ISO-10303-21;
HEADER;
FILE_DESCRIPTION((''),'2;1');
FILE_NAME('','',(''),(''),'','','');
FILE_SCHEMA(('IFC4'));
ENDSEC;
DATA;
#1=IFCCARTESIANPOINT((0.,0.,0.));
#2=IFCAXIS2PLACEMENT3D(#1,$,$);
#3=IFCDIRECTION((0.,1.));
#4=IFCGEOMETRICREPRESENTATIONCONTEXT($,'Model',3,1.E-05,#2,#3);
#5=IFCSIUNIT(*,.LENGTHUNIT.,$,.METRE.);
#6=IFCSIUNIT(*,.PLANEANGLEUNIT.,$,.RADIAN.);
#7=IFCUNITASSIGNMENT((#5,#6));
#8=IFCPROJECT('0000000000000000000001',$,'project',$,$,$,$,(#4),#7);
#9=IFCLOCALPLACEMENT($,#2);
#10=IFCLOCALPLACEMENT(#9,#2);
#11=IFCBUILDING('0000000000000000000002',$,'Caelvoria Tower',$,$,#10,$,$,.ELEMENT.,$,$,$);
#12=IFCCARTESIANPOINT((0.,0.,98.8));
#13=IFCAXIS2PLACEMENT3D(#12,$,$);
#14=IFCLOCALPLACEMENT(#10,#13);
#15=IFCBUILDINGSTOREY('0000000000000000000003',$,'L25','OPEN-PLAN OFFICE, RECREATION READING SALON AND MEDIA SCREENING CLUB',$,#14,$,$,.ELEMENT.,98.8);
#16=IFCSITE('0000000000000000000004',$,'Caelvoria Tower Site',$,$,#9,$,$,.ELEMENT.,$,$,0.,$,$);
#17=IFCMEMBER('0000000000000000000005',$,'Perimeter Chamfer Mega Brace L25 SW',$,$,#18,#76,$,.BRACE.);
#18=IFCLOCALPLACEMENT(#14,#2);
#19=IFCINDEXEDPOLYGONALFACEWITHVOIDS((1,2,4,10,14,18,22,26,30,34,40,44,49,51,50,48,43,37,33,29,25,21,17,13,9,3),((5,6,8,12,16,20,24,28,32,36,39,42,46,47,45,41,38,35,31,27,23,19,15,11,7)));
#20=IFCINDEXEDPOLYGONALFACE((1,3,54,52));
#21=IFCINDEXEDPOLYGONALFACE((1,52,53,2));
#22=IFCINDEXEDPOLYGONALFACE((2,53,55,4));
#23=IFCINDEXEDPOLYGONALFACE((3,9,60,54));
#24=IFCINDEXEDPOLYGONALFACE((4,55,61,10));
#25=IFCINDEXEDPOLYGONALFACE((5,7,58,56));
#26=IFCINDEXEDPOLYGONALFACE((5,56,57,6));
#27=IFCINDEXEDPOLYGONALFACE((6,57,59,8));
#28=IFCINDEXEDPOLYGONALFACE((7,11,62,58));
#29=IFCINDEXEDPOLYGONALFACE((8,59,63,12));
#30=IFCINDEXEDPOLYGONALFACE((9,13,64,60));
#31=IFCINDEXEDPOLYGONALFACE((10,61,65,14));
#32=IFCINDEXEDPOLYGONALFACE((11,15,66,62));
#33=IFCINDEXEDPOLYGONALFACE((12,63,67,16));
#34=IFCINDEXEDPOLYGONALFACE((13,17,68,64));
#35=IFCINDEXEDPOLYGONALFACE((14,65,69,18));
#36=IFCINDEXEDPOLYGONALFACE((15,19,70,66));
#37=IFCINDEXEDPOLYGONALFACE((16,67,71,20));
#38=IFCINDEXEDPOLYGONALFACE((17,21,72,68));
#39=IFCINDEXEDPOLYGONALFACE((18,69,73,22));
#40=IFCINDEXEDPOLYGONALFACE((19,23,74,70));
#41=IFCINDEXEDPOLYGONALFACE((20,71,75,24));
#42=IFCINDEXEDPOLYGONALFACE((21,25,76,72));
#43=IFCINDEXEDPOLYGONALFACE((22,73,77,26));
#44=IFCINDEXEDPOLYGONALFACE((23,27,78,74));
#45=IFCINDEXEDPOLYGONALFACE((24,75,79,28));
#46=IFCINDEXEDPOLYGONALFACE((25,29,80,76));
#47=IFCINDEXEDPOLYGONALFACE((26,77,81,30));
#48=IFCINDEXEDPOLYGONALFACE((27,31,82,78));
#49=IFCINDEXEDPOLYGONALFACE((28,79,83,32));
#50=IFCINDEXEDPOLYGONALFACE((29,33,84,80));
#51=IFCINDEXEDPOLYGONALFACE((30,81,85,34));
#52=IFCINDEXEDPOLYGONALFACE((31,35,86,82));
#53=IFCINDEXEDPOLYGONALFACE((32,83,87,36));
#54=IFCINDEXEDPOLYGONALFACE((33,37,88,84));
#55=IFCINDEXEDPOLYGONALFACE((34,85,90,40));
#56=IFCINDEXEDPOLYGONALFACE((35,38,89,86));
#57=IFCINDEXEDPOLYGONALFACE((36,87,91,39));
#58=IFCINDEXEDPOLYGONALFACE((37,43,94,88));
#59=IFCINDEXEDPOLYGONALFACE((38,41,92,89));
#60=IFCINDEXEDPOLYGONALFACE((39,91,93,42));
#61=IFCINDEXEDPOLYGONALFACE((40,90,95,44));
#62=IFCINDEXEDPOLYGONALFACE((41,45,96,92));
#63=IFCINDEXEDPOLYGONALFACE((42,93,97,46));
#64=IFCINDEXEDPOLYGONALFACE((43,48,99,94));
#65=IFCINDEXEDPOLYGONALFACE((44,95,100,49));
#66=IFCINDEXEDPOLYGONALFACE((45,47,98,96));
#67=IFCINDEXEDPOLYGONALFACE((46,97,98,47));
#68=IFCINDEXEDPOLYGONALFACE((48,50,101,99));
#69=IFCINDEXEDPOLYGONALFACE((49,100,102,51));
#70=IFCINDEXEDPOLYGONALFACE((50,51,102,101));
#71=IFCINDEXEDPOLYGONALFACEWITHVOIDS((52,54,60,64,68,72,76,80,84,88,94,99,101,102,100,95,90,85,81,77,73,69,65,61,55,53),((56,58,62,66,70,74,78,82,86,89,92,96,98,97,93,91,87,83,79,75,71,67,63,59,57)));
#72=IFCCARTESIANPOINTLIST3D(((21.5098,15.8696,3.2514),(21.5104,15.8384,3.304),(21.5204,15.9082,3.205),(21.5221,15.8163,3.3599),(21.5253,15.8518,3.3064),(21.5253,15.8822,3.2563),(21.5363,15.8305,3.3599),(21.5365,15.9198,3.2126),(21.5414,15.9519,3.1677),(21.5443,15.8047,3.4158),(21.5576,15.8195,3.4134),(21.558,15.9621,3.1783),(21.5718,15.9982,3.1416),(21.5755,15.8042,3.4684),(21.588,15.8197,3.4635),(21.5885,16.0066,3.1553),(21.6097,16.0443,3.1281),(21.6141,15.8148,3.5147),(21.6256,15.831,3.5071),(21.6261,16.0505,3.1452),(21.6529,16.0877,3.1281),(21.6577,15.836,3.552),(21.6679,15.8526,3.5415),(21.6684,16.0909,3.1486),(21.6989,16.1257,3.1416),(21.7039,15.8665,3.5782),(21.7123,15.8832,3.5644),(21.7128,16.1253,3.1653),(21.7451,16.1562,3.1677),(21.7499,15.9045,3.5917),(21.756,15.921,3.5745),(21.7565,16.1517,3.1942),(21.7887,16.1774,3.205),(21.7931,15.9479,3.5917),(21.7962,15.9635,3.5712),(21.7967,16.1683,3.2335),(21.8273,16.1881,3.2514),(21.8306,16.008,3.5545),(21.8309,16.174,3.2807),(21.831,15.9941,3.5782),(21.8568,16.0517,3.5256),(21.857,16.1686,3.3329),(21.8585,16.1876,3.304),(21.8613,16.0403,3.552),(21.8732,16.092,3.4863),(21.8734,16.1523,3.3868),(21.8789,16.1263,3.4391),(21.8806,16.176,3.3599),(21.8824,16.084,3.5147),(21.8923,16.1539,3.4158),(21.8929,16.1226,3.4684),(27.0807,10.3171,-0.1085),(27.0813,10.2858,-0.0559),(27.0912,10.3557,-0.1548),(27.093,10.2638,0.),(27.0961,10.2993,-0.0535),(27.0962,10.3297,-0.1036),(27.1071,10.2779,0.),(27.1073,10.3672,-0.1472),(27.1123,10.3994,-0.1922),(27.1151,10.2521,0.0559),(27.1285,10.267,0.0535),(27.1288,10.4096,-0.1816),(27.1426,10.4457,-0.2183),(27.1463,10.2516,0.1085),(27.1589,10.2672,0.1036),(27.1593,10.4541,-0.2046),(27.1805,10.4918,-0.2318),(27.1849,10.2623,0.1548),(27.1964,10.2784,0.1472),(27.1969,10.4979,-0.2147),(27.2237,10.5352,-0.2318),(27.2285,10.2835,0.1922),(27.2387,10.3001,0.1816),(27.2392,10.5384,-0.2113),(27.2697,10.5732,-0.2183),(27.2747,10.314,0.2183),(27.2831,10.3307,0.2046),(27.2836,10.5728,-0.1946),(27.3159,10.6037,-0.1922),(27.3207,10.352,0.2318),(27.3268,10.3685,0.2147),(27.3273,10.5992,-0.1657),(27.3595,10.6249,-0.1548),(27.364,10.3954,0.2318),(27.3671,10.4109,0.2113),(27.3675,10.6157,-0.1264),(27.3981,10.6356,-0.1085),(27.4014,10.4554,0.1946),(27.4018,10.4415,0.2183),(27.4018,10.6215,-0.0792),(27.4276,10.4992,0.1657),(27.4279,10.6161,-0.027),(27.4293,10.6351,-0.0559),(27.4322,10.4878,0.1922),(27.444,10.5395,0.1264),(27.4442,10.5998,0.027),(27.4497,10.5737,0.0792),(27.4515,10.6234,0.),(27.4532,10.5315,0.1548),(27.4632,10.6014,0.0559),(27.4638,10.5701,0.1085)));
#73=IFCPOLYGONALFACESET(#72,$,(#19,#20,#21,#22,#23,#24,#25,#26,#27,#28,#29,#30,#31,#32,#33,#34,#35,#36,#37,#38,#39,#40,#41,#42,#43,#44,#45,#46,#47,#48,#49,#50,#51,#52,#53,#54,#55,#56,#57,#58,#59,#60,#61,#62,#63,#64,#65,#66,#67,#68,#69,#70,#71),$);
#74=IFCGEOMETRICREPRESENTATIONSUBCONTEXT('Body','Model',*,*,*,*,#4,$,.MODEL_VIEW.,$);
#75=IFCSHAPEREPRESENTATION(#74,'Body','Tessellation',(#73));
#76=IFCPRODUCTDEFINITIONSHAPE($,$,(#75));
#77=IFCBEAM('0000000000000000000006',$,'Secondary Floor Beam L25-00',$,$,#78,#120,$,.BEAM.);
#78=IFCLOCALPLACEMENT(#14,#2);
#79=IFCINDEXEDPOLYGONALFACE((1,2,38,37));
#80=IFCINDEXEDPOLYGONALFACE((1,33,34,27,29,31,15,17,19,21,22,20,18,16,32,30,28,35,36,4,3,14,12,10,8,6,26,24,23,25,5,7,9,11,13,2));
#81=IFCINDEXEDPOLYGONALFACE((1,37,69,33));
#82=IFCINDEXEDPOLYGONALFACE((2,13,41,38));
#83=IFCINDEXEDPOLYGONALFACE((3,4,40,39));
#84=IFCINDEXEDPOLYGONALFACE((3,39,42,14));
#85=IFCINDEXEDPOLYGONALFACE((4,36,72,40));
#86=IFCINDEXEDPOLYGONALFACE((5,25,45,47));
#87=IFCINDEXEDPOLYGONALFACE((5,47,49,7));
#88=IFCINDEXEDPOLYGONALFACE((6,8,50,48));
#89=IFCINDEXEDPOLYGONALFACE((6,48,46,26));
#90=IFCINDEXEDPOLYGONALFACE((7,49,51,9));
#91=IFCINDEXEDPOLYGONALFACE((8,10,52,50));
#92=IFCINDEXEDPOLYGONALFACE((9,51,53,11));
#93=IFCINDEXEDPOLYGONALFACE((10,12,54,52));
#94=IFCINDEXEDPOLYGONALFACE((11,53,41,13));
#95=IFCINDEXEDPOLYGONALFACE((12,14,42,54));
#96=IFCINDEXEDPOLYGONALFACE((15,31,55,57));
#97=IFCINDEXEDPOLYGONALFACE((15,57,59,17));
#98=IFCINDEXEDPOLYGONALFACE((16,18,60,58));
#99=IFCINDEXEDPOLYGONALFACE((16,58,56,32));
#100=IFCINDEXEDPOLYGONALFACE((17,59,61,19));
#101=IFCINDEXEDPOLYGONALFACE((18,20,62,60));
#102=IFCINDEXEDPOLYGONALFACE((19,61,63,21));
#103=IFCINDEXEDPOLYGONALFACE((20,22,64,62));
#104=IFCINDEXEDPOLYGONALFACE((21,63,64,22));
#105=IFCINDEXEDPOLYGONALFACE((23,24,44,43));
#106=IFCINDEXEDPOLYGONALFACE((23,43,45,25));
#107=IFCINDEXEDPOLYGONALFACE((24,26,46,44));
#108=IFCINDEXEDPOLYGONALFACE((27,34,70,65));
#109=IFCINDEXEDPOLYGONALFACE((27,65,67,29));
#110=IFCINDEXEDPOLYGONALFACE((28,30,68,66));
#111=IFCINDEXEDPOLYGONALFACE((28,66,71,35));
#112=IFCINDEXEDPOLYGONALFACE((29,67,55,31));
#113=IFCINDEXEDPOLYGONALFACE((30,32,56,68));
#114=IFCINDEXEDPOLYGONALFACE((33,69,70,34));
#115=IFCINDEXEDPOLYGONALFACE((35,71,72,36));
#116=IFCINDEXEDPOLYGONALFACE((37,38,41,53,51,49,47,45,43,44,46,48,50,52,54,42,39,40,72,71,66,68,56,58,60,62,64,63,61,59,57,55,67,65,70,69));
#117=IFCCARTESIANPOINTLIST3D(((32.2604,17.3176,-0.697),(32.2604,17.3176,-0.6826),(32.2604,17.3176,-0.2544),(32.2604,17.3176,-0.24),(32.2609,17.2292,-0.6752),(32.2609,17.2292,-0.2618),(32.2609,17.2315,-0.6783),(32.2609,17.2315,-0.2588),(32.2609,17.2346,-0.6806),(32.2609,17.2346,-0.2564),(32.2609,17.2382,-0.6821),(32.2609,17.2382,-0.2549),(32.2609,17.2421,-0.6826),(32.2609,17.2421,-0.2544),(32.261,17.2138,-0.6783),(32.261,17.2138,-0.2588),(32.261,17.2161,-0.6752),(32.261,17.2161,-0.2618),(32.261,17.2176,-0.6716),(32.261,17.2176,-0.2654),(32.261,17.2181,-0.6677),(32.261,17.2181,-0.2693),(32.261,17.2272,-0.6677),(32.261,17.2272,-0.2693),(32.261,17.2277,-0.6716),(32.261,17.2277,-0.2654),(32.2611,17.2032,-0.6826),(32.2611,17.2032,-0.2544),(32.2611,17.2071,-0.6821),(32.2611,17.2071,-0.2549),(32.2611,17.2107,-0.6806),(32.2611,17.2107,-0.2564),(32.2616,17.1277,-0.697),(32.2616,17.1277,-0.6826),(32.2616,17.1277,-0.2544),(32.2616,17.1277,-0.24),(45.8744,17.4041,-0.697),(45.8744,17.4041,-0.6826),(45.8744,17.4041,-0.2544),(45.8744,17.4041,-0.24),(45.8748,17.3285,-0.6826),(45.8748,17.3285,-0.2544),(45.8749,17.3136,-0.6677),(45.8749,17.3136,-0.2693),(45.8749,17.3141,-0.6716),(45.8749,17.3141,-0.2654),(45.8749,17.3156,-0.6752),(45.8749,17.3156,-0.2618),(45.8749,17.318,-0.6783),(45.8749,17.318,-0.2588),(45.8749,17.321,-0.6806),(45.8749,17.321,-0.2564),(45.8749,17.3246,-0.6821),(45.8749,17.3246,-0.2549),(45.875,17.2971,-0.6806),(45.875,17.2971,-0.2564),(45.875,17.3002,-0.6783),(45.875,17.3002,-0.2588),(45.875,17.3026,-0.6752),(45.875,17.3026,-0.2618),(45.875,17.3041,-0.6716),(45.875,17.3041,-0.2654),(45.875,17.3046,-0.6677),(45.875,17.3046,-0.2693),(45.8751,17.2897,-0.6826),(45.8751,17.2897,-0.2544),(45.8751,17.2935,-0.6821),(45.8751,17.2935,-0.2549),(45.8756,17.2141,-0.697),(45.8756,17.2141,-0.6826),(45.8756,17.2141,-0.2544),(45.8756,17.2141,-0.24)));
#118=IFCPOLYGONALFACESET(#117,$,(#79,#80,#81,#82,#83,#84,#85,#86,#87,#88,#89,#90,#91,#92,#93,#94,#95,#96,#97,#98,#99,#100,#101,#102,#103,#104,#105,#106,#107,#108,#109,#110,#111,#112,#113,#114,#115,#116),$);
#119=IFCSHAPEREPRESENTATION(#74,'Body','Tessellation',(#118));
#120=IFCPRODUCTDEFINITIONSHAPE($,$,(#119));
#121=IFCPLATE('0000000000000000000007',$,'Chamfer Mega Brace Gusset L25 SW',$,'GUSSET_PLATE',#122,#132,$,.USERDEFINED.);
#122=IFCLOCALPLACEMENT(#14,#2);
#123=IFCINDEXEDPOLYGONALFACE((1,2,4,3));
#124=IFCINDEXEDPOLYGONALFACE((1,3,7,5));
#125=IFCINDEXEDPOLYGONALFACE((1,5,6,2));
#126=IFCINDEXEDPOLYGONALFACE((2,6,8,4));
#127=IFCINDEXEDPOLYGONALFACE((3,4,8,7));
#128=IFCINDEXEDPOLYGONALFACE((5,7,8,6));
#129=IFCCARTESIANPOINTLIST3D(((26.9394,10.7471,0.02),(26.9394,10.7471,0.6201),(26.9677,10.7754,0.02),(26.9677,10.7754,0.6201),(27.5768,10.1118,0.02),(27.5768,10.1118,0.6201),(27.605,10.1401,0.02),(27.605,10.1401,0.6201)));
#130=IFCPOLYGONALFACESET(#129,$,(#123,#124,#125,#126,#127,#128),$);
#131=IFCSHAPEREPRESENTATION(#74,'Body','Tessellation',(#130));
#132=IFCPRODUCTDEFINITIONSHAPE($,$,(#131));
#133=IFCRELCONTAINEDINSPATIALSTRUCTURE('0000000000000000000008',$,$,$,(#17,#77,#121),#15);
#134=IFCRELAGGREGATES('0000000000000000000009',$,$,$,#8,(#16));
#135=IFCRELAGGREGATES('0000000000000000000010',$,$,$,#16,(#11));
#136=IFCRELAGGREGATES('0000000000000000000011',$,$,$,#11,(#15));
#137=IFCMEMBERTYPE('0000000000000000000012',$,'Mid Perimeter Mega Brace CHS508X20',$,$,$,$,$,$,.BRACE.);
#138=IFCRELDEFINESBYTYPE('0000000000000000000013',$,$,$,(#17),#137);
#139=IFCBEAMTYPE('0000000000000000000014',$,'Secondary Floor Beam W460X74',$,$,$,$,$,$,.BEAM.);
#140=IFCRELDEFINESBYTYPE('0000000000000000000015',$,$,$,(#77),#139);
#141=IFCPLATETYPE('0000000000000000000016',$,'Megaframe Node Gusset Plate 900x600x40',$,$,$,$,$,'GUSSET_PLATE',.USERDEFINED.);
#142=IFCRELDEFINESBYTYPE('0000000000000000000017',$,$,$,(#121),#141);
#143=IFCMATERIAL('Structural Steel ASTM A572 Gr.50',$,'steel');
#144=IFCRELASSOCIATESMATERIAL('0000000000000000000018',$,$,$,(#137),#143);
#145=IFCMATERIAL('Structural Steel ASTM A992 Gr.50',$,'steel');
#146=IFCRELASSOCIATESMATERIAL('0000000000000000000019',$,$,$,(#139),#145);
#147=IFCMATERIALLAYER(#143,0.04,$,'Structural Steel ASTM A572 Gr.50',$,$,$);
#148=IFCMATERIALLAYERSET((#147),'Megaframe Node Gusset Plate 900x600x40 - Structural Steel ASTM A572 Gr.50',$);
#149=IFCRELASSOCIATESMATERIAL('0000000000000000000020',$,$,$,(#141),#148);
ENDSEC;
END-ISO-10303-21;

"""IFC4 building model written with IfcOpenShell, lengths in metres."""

from ifc_helpers import new_model, si_unit, direction, frame, origin, origin_2d, place, context, subcontext, project, spatial, rectangle, hollow_circle, i_section, extrude, material, layer, layer_set, material_profile, profile_set, type_object, element, save


model = new_model("IFC4")

# Units and contexts
model_context = context("Model", 3, precision=1e-05, world=origin(), true_north=direction((0.0, 1.0)))
body_context = subcontext(model_context, "Body", "Model", "MODEL_VIEW")
ifc_project = project(units=[si_unit("LENGTHUNIT", "METRE"), si_unit("PLANEANGLEUNIT", "RADIAN")], contexts=[model_context])

# Site, building, storey
site_placement = place(None, origin())
site = spatial("IfcSite", under=ifc_project, at=site_placement, Name="Caelvoria Tower Site", CompositionType="ELEMENT", RefElevation=0.0)
building_placement = place(site_placement, origin())
building = spatial("IfcBuilding", under=site, at=building_placement, Name="Caelvoria Tower", CompositionType="ELEMENT")
storey_placement = place(building_placement, frame((0.0, 0.0, 98.8)))
storey = spatial("IfcBuildingStorey", under=building, at=storey_placement, Name="L25", Description="OPEN-PLAN OFFICE, RECREATION READING SALON AND MEDIA SCREENING CLUB", CompositionType="ELEMENT", Elevation=98.8)

# Member
ifc_material_1 = material(Name="Structural Steel ASTM A572 Gr.50", Category="steel")
ifc_material_profile_1 = material_profile(ifc_material_1, hollow_circle(Radius=0.2539, WallThickness=0.02, at=origin_2d()), Name="Structural Steel ASTM A572 Gr.50")
ifc_profile_set_1 = profile_set([ifc_material_profile_1], Name="CHS508X20 - Structural Steel ASTM A572 Gr.50")
member_type = type_object("IfcMemberType", Name="Mid Perimeter Mega Brace CHS508X20", PredefinedType="BRACE", material=ifc_profile_set_1)
member_placement = place(storey_placement, frame((27.2722, 10.4436, 0.0), z_axis=(-0.651332, 0.649191, 0.392832), x_axis=(-0.705942, -0.70827, 0.0)))
element("IfcMember", 1, at=member_placement, inside=storey, type_object=member_type, Name="Perimeter Chamfer Mega Brace L25 SW", PredefinedType="BRACE", context=body_context, shape_type="SweptSolid", body=[
    extrude(hollow_circle(Radius=0.2539, WallThickness=0.02, at=origin_2d()), origin(), (0.0, 0.0, 1.0), 8.553),
])

# Beam
ifc_material_2 = material(Name="Structural Steel ASTM A992 Gr.50", Category="steel")
ifc_material_profile_2 = material_profile(ifc_material_2, i_section(OverallWidth=0.1899, OverallDepth=0.457, WebThickness=0.009, FlangeThickness=0.0144, FilletRadius=0.0149, at=origin_2d()), Name="Structural Steel ASTM A992 Gr.50")
ifc_profile_set_2 = profile_set([ifc_material_profile_2], Name="W460X74 - Structural Steel ASTM A992 Gr.50")
beam_type = type_object("IfcBeamType", Name="Secondary Floor Beam W460X74", PredefinedType="BEAM", material=ifc_profile_set_2)
beam_placement = place(storey_placement, frame((32.261, 17.2227, -0.4685), z_axis=(0.99998, 0.006348, 0.0), x_axis=(-0.006348, 0.99998, 0.0)))
element("IfcBeam", 2, at=beam_placement, inside=storey, type_object=beam_type, Name="Secondary Floor Beam L25-00", PredefinedType="BEAM", context=body_context, shape_type="SweptSolid", body=[
    extrude(i_section(OverallWidth=0.1899, OverallDepth=0.457, WebThickness=0.009, FlangeThickness=0.0144, FilletRadius=0.0149, at=origin_2d()), origin(), (0.0, 0.0, 1.0), 13.6143),
])

# Plate
ifc_layer_1 = layer(ifc_material_1, 0.04, Name="Structural Steel ASTM A572 Gr.50")
ifc_layer_set_1 = layer_set([ifc_layer_1], Name="Megaframe Node Gusset Plate 900x600x40 - Structural Steel ASTM A572 Gr.50")
plate_type = type_object("IfcPlateType", Name="Megaframe Node Gusset Plate 900x600x40", ElementType="GUSSET_PLATE", PredefinedType="USERDEFINED", material=ifc_layer_set_1)
plate_placement = place(storey_placement, frame((27.2722, 10.4436, 0.02), z_axis=(0.0, 0.0, 1.0), x_axis=(-0.708276, 0.705936, 0.0)))
element("IfcPlate", 3, at=plate_placement, inside=storey, type_object=plate_type, Name="Chamfer Mega Brace Gusset L25 SW", ObjectType="GUSSET_PLATE", PredefinedType="USERDEFINED", context=body_context, shape_type="SweptSolid", body=[
    extrude(rectangle(XDim=0.8999, YDim=0.04, at=origin_2d()), origin(), (0.0, 0.0, 1.0), 0.6001),
])

save(model, "model.ifc")
